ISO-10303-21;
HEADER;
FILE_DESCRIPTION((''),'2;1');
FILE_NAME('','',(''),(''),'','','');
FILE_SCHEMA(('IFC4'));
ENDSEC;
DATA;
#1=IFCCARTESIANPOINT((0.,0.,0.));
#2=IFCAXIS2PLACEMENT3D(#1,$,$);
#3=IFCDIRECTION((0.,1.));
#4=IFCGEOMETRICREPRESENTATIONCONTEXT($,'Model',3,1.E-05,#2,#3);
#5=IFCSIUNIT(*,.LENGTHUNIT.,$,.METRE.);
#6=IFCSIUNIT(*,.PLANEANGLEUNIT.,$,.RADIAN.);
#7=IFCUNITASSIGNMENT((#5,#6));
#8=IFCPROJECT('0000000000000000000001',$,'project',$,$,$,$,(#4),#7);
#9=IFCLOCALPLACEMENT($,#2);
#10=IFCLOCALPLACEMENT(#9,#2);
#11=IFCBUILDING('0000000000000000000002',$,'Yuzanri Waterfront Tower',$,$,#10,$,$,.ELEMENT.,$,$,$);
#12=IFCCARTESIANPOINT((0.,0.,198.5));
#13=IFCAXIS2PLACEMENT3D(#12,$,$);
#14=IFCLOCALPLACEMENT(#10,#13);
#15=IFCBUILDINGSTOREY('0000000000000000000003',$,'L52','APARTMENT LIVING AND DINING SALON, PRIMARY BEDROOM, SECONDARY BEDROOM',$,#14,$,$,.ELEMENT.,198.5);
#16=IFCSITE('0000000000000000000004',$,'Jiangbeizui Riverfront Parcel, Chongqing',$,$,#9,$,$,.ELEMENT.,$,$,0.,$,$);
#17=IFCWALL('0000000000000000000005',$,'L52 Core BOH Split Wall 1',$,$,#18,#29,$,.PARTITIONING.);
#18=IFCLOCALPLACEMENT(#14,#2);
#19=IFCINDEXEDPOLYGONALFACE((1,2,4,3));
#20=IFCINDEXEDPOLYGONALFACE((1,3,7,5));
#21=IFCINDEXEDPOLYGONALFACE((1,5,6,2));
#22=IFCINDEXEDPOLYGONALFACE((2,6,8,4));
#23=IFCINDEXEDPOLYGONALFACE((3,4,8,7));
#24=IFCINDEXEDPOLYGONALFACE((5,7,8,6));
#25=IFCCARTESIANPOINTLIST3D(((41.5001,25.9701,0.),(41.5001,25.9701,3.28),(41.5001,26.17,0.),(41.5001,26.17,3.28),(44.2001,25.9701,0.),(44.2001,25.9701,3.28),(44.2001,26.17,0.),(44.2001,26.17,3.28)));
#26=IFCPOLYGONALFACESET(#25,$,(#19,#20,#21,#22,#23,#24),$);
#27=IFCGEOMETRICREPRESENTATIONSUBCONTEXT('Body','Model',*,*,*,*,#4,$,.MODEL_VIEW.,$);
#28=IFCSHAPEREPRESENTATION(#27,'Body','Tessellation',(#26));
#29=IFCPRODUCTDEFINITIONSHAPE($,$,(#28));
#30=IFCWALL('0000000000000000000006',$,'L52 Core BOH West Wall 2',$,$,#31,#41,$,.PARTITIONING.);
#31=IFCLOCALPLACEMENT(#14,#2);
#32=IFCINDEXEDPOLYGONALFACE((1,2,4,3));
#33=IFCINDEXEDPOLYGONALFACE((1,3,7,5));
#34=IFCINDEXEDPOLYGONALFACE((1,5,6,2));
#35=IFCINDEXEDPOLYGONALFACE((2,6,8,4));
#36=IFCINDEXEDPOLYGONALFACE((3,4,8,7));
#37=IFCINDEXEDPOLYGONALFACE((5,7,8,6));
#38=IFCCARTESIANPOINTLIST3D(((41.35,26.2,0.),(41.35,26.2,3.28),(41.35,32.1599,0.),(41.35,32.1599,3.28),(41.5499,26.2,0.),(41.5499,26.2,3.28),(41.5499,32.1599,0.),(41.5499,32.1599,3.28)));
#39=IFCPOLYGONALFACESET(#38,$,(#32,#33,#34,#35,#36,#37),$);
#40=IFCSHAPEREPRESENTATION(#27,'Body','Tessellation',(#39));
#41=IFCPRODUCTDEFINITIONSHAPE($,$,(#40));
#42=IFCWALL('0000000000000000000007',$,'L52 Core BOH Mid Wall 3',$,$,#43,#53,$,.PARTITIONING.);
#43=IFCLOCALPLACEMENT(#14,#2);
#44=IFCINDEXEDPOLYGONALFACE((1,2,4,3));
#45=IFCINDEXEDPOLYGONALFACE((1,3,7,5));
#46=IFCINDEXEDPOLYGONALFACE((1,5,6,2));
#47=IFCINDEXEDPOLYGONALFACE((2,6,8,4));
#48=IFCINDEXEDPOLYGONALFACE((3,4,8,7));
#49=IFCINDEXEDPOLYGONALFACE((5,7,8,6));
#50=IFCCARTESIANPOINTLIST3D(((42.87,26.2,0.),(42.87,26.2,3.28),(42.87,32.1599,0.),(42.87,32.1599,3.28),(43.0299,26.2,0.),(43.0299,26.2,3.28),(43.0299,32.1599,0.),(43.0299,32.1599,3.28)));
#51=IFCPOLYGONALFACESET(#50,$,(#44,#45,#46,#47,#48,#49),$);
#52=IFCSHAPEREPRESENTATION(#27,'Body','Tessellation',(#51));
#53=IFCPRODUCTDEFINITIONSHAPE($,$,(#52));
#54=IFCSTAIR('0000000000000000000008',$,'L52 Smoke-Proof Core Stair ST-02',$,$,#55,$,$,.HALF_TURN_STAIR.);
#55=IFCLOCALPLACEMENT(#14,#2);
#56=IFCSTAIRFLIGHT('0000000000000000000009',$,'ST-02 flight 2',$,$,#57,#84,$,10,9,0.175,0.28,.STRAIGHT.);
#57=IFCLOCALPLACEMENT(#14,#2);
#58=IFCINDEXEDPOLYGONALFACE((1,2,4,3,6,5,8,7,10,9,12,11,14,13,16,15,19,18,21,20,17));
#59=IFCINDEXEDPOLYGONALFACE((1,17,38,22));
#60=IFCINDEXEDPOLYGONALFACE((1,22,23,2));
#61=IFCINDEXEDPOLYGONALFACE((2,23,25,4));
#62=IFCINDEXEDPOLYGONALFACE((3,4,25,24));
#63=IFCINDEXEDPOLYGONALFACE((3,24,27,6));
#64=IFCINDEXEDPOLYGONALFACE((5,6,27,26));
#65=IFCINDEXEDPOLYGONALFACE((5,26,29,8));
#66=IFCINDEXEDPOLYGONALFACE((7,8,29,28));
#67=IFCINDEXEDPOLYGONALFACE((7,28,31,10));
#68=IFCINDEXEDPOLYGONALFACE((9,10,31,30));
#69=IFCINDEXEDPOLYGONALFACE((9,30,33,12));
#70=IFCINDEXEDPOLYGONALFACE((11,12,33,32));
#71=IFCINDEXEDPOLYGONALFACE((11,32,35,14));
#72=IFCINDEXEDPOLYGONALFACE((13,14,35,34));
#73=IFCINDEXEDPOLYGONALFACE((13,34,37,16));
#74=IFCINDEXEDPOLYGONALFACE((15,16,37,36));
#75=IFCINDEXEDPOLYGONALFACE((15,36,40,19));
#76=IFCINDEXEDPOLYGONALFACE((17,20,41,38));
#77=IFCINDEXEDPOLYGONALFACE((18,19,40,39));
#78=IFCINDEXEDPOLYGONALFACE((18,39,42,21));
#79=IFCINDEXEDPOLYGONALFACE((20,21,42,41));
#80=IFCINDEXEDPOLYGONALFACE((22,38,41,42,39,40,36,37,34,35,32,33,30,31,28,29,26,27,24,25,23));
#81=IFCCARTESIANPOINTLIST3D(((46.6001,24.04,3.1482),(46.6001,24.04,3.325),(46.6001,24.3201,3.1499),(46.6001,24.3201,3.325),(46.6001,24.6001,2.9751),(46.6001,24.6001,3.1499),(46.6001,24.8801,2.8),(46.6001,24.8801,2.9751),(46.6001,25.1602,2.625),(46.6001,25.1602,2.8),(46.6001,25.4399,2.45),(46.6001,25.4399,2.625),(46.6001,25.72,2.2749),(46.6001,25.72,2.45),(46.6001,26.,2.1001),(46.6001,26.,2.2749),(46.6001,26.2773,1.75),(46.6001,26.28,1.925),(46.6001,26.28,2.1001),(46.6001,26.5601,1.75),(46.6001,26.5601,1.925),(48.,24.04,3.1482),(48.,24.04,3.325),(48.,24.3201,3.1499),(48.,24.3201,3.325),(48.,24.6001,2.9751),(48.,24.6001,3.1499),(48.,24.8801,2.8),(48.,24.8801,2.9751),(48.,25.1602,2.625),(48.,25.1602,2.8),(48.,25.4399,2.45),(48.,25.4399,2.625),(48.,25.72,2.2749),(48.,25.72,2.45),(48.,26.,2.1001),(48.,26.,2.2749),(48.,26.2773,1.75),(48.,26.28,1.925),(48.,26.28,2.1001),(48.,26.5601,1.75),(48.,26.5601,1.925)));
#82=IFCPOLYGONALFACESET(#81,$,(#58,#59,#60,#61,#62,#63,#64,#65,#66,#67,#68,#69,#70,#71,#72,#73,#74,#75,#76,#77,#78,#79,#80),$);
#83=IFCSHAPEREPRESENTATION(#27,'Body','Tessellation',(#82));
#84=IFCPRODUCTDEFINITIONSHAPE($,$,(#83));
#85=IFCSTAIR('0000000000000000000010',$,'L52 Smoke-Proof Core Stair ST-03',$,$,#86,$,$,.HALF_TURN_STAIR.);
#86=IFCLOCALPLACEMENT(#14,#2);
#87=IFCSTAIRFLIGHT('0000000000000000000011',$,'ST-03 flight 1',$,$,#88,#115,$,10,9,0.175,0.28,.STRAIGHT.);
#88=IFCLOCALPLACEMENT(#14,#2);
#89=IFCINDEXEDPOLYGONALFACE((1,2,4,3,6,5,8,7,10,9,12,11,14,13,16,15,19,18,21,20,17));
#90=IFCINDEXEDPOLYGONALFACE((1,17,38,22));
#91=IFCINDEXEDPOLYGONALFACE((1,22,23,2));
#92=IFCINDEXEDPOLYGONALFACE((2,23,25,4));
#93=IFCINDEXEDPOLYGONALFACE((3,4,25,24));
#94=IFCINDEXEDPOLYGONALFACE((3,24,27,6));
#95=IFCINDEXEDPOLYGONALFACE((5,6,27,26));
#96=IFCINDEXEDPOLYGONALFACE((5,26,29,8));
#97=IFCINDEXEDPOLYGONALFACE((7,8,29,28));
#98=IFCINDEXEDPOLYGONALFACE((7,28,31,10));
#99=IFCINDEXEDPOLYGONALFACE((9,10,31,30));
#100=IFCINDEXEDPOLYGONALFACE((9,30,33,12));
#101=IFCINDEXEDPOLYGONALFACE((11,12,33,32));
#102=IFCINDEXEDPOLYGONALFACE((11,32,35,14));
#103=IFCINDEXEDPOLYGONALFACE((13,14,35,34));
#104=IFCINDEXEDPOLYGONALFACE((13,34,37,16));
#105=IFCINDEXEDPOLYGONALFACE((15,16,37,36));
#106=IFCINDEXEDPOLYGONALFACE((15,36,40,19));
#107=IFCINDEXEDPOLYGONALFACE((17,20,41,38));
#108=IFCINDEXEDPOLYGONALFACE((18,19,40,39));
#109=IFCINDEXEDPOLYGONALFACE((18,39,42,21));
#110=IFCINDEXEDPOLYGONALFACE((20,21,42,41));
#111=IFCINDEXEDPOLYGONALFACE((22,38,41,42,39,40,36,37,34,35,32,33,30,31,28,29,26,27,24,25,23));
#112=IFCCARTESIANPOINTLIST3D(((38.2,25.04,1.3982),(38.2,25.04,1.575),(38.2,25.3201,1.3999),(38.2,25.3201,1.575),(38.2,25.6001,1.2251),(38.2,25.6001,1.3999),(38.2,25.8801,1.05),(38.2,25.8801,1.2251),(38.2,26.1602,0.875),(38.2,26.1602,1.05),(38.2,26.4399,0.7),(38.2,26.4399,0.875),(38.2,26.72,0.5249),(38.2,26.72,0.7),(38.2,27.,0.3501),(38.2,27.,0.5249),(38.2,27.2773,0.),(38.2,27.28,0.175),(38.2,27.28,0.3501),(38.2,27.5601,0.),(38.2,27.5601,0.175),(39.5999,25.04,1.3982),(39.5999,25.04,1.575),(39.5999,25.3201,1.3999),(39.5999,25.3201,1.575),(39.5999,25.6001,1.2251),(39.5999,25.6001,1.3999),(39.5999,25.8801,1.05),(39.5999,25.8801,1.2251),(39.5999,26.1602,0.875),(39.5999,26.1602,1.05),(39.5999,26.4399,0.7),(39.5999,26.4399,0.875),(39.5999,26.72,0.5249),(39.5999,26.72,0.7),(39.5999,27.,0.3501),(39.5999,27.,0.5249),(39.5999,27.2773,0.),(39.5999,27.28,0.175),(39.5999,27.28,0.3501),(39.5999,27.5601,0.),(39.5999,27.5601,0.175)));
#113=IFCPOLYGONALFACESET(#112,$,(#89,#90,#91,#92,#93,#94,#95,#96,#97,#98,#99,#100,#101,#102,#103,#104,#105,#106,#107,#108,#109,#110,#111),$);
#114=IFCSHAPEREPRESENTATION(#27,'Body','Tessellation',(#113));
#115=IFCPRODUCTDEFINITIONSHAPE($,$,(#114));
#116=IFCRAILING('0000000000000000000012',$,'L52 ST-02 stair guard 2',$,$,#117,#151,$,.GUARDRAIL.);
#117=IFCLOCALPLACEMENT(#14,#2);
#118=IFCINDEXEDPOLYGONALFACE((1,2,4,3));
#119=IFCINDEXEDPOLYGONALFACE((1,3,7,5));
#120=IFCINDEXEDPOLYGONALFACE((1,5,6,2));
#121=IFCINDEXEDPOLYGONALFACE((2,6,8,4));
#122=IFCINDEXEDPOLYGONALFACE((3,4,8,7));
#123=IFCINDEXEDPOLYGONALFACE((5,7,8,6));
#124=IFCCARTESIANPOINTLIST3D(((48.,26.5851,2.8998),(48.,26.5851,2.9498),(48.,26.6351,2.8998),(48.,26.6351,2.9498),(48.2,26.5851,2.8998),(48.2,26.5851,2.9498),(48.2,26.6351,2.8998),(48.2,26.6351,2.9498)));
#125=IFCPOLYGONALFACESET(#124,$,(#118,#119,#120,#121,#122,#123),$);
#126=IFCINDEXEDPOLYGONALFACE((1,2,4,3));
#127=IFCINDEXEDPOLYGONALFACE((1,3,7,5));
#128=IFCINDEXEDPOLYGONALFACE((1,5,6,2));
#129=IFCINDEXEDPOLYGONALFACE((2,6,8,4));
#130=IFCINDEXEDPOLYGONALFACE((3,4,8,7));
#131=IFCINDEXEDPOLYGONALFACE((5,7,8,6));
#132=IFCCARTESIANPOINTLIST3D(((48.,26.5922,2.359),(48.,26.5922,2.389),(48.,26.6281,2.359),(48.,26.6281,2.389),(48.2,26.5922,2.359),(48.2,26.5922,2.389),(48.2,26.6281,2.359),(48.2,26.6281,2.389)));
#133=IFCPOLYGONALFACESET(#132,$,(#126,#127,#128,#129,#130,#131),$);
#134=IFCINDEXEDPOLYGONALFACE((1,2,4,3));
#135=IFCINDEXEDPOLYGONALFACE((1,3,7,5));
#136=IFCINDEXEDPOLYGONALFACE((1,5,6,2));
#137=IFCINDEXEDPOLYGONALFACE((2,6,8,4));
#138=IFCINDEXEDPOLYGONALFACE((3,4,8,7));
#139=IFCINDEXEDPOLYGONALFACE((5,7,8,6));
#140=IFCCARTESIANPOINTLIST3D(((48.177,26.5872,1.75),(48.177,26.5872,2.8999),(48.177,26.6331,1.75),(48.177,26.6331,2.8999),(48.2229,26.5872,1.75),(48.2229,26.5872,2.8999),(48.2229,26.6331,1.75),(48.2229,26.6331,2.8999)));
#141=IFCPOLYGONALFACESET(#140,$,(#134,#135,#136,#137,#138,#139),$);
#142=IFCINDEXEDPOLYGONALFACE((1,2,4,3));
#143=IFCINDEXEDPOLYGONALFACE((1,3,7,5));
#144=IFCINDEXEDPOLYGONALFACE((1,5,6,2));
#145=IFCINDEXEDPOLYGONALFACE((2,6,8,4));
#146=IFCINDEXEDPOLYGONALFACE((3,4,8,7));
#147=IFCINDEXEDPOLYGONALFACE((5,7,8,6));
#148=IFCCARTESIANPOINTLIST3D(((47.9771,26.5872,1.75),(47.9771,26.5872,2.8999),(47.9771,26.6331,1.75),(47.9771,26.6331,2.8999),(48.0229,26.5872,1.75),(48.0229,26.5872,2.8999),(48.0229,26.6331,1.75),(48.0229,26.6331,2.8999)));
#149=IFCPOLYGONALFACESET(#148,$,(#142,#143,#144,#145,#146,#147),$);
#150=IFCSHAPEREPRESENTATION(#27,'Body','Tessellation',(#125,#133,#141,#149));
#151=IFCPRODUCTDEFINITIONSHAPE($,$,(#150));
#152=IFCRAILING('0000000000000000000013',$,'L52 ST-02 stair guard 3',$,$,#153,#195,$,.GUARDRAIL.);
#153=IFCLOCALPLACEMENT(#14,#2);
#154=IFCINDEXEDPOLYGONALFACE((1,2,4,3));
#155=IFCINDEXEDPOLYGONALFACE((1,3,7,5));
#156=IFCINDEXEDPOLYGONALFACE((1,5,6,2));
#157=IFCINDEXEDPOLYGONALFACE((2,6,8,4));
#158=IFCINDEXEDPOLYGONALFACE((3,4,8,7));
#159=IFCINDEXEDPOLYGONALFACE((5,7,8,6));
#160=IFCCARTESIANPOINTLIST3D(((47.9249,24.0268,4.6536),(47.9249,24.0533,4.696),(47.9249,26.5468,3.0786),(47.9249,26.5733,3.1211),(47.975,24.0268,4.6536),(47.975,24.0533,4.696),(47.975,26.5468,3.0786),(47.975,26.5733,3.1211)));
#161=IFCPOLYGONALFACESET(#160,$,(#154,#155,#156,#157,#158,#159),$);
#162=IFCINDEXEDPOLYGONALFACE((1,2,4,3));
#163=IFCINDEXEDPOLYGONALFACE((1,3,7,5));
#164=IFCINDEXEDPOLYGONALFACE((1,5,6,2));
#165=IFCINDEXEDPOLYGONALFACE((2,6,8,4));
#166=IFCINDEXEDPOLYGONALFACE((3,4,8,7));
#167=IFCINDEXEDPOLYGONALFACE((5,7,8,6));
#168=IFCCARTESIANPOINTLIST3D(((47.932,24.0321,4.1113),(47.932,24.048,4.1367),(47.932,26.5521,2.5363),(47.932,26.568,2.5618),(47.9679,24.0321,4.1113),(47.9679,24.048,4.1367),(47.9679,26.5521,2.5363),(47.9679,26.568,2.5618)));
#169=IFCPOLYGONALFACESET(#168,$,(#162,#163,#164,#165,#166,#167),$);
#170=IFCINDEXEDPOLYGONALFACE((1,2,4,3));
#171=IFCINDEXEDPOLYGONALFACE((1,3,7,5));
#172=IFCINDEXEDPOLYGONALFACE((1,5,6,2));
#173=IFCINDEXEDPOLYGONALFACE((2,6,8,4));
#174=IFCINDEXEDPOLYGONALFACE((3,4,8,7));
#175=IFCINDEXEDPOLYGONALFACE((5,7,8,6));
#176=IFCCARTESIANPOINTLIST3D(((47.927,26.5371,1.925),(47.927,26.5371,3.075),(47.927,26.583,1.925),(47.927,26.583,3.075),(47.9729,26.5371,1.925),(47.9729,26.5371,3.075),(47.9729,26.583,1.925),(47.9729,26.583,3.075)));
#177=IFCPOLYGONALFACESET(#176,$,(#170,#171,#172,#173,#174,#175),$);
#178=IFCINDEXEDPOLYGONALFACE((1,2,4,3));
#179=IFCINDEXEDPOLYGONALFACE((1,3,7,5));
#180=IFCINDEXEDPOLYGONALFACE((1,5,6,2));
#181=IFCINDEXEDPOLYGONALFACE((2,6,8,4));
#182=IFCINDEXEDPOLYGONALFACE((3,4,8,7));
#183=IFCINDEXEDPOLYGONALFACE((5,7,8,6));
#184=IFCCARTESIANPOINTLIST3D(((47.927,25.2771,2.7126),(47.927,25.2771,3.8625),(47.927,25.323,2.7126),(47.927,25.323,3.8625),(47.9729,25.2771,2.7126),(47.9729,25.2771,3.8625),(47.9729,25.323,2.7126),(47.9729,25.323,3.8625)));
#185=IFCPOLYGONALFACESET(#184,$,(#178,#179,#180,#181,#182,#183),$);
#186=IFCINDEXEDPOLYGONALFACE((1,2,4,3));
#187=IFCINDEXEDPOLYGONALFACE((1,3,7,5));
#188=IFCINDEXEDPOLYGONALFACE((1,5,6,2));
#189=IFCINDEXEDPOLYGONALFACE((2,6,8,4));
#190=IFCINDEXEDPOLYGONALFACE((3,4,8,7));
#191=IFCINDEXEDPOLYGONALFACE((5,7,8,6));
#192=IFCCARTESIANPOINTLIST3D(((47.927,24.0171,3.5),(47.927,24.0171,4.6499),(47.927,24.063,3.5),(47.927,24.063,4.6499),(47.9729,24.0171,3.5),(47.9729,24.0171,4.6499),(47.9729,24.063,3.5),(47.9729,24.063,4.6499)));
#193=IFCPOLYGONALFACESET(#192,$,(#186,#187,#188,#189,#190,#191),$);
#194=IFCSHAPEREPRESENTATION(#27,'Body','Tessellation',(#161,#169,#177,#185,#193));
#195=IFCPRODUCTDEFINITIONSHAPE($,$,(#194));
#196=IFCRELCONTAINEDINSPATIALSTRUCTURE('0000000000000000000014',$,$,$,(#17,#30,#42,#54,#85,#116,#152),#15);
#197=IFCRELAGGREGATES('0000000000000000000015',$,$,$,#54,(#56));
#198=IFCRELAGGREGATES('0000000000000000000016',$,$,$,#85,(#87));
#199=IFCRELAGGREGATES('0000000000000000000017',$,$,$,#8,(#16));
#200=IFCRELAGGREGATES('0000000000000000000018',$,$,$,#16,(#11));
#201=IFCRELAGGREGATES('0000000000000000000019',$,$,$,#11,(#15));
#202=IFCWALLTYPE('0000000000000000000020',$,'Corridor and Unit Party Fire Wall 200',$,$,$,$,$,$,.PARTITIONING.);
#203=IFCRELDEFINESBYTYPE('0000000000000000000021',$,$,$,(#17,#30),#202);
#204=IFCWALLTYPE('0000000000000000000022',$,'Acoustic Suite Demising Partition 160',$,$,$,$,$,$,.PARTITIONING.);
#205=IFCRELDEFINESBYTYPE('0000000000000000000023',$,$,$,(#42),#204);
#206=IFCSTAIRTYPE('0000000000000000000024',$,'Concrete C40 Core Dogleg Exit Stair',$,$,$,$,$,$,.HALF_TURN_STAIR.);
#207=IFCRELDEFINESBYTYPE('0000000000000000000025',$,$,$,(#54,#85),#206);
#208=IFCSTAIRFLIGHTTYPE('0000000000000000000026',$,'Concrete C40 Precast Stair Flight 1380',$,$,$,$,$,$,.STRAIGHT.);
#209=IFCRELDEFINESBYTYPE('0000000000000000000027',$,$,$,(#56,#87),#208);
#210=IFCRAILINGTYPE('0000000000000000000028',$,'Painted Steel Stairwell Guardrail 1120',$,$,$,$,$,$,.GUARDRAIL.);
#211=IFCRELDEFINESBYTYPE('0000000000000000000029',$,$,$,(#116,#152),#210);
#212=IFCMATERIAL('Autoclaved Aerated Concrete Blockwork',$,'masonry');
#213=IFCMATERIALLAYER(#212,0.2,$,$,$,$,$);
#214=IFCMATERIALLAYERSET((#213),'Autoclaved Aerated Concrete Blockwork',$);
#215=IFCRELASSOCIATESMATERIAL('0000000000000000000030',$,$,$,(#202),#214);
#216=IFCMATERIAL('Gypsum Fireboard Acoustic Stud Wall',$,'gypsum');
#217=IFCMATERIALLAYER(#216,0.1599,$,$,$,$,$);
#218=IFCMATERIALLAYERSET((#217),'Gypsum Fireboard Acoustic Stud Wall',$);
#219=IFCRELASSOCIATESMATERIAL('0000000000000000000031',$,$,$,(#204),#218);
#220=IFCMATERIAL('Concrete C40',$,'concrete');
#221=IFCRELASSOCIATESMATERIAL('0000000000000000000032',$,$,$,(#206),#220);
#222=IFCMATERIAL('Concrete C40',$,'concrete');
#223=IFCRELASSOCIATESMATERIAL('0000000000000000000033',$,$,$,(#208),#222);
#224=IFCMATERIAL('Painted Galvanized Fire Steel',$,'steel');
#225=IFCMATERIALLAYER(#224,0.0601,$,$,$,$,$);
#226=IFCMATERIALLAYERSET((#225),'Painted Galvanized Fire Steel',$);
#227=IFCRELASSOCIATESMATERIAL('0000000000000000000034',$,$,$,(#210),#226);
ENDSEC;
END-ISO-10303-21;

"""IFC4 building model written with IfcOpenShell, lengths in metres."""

from ifc_helpers import new_model, si_unit, direction, frame, frame_2d, origin, origin_2d, place, context, subcontext, project, spatial, polyline, rectangle, outline, extrude, source, transform, mapped, material, layer, layer_set, type_object, element, aggregate, save


model = new_model("IFC4")

# Units and contexts
model_context = context("Model", 3, precision=1e-05, world=origin(), true_north=direction((0.0, 1.0)))
body_context = subcontext(model_context, "Body", "Model", "MODEL_VIEW")
ifc_project = project(units=[si_unit("LENGTHUNIT", "METRE"), si_unit("PLANEANGLEUNIT", "RADIAN")], contexts=[model_context])

# Site, building, storey
site_placement = place(None, origin())
site = spatial("IfcSite", under=ifc_project, at=site_placement, Name="Jiangbeizui Riverfront Parcel, Chongqing", CompositionType="ELEMENT", RefElevation=0.0)
building_placement = place(site_placement, origin())
building = spatial("IfcBuilding", under=site, at=building_placement, Name="Yuzanri Waterfront Tower", CompositionType="ELEMENT")
storey_placement = place(building_placement, frame((0.0, 0.0, 198.5)))
storey = spatial("IfcBuildingStorey", under=building, at=storey_placement, Name="L52", Description="APARTMENT LIVING AND DINING SALON, PRIMARY BEDROOM, SECONDARY BEDROOM", CompositionType="ELEMENT", Elevation=198.5)

# Walls
ifc_material_1 = material(Name="Autoclaved Aerated Concrete Blockwork", Category="masonry")
ifc_layer_1 = layer(ifc_material_1, 0.2)
ifc_layer_set_1 = layer_set([ifc_layer_1], Name="Autoclaved Aerated Concrete Blockwork")
wall_type_1 = type_object("IfcWallType", Name="Corridor and Unit Party Fire Wall 200", PredefinedType="PARTITIONING", material=ifc_layer_set_1)
shared_shape_1 = source(origin(), body_context, "Body", "SweptSolid", [
    extrude(rectangle(XDim=2.7, YDim=0.2, at=frame_2d((1.3501, 0.0))), origin(), (0.0, 0.0, 1.0), 3.28),
])
wall_1_placement = place(storey_placement, frame((41.5, 26.0701, 0.0), z_axis=(0.0, 0.0, 1.0), x_axis=(1.0, 0.0, 0.0)))
element("IfcWall", 1, at=wall_1_placement, inside=storey, type_object=wall_type_1, Name="L52 Core BOH Split Wall 1", PredefinedType="PARTITIONING", context=body_context, shape_type="MappedRepresentation", body=[
    mapped(shared_shape_1, transform((0.0, 0.0, 0.0), scale=1.0)),
])
shared_shape_2 = source(origin(), body_context, "Body", "SweptSolid", [
    extrude(rectangle(XDim=5.96, YDim=0.2, at=frame_2d((2.98, 0.0))), origin(), (0.0, 0.0, 1.0), 3.28),
])
wall_2_placement = place(storey_placement, frame((41.45, 26.2, 0.0), z_axis=(0.0, 0.0, 1.0), x_axis=(0.0, 1.0, 0.0)))
element("IfcWall", 2, at=wall_2_placement, inside=storey, type_object=wall_type_1, Name="L52 Core BOH West Wall 2", PredefinedType="PARTITIONING", context=body_context, shape_type="MappedRepresentation", body=[
    mapped(shared_shape_2, transform((0.0, 0.0, 0.0), scale=1.0)),
])
ifc_material_2 = material(Name="Gypsum Fireboard Acoustic Stud Wall", Category="gypsum")
ifc_layer_2 = layer(ifc_material_2, 0.1599)
ifc_layer_set_2 = layer_set([ifc_layer_2], Name="Gypsum Fireboard Acoustic Stud Wall")
wall_type_2 = type_object("IfcWallType", Name="Acoustic Suite Demising Partition 160", PredefinedType="PARTITIONING", material=ifc_layer_set_2)
shared_shape_3 = source(origin(), body_context, "Body", "SweptSolid", [
    extrude(rectangle(XDim=5.96, YDim=0.1599, at=frame_2d((2.98, 0.0))), origin(), (0.0, 0.0, 1.0), 3.28),
])
wall_3_placement = place(storey_placement, frame((42.95, 26.2, 0.0), z_axis=(0.0, 0.0, 1.0), x_axis=(0.0, 1.0, 0.0)))
element("IfcWall", 3, at=wall_3_placement, inside=storey, type_object=wall_type_2, Name="L52 Core BOH Mid Wall 3", PredefinedType="PARTITIONING", context=body_context, shape_type="MappedRepresentation", body=[
    mapped(shared_shape_3, transform((0.0, 0.0, 0.0), scale=1.0)),
])

# Stairs, stair flights
ifc_material_3 = material(Name="Concrete C40", Category="concrete")
stair_type = type_object("IfcStairType", Name="Concrete C40 Core Dogleg Exit Stair", PredefinedType="HALF_TURN_STAIR", material=ifc_material_3)
stair_1_placement = place(storey_placement, origin())
stair_1 = element("IfcStair", 4, at=stair_1_placement, inside=storey, type_object=stair_type, Name="L52 Smoke-Proof Core Stair ST-02", PredefinedType="HALF_TURN_STAIR")
ifc_material_4 = material(Name="Concrete C40", Category="concrete")
stair_flight_type = type_object("IfcStairFlightType", Name="Concrete C40 Precast Stair Flight 1380", PredefinedType="STRAIGHT", material=ifc_material_4)
shared_shape_4 = source(origin(), body_context, "Body", "SweptSolid", [
    extrude(outline(polyline([(0.0, 0.0), (0.0, 0.175), (0.28, 0.175), (0.28, 0.3501), (0.5601, 0.3501), (0.5601, 0.5249), (0.8401, 0.5249), (0.8401, 0.7), (1.1201, 0.7), (1.1201, 0.875), (1.3999, 0.875), (1.3999, 1.05), (1.6799, 1.05), (1.6799, 1.2251), (1.96, 1.2251), (1.96, 1.3999), (2.24, 1.3999), (2.24, 1.575), (2.52, 1.575), (2.52, 1.75), (2.52, 1.3982), (0.2827, 0.0), (0.0, 0.0)])), frame((0.0, 0.7, 0.0), z_axis=(0.0, -1.0, 0.0), x_axis=(1.0, 0.0, 0.0)), (0.0, 0.0, 1.0), 1.3999),
])
stair_flight_1_placement = place(storey_placement, frame((47.3, 26.5601, 1.75), z_axis=(0.0, 0.0, 1.0), x_axis=(0.0, -1.0, 0.0)))
stair_flight_1 = element("IfcStairFlight", 5, at=stair_flight_1_placement, type_object=stair_flight_type, Name="ST-02 flight 2", NumberOfRisers=10, NumberOfTreads=9, PredefinedType="STRAIGHT", RiserHeight=0.175, TreadLength=0.28, context=body_context, shape_type="MappedRepresentation", body=[
    mapped(shared_shape_4, transform((0.0, 0.0, 0.0), scale=1.0)),
])
aggregate(stair_1, [stair_flight_1])
stair_2_placement = place(storey_placement, origin())
stair_2 = element("IfcStair", 6, at=stair_2_placement, inside=storey, type_object=stair_type, Name="L52 Smoke-Proof Core Stair ST-03", PredefinedType="HALF_TURN_STAIR")
stair_flight_2_placement = place(storey_placement, frame((38.8999, 27.5601, 0.0), z_axis=(0.0, 0.0, 1.0), x_axis=(0.0, -1.0, 0.0)))
stair_flight_2 = element("IfcStairFlight", 7, at=stair_flight_2_placement, type_object=stair_flight_type, Name="ST-03 flight 1", NumberOfRisers=10, NumberOfTreads=9, PredefinedType="STRAIGHT", RiserHeight=0.175, TreadLength=0.28, context=body_context, shape_type="MappedRepresentation", body=[
    mapped(shared_shape_4, transform((0.0, 0.0, 0.0), scale=1.0)),
])
aggregate(stair_2, [stair_flight_2])

# Railings
ifc_material_5 = material(Name="Painted Galvanized Fire Steel", Category="steel")
ifc_layer_3 = layer(ifc_material_5, 0.0601)
ifc_layer_set_3 = layer_set([ifc_layer_3], Name="Painted Galvanized Fire Steel")
railing_type_1 = type_object("IfcRailingType", Name="Painted Steel Stairwell Guardrail 1120", PredefinedType="GUARDRAIL", material=ifc_layer_set_3)
shared_shape_5 = source(origin(), body_context, "Body", "SweptSolid", [
    extrude(rectangle(XDim=0.05, YDim=0.05, at=origin_2d()), frame((0.0, 0.0, 1.1748), z_axis=(-1.0, 0.0, 0.0), x_axis=(0.0, -1.0, 0.0)), (0.0, 0.0, 1.0), 0.2),
    extrude(rectangle(XDim=0.0359, YDim=0.03, at=origin_2d()), frame((0.0, 0.0, 0.624), z_axis=(-1.0, 0.0, 0.0), x_axis=(0.0, -1.0, 0.0)), (0.0, 0.0, 1.0), 0.2),
    extrude(rectangle(XDim=0.0459, YDim=0.0459, at=origin_2d()), origin(), (0.0, 0.0, 1.0), 1.1499),
    extrude(rectangle(XDim=0.0459, YDim=0.0459, at=origin_2d()), frame((-0.2, 0.0, 0.0)), (0.0, 0.0, 1.0), 1.1499),
])
railing_1_placement = place(storey_placement, frame((48.2, 26.6101, 1.75)))
element("IfcRailing", 8, at=railing_1_placement, inside=storey, type_object=railing_type_1, Name="L52 ST-02 stair guard 2", PredefinedType="GUARDRAIL", context=body_context, shape_type="MappedRepresentation", body=[
    mapped(shared_shape_5, transform((0.0, 0.0, 0.0), scale=1.0)),
])
shared_shape_6 = source(origin(), body_context, "Body", "SweptSolid", [
    extrude(rectangle(XDim=0.05, YDim=0.05, at=origin_2d()), frame((0.0, 0.0, 1.1748), z_axis=(0.0, -0.848008, 0.529984), x_axis=(1.0, 0.0, 0.0)), (0.0, 0.0, 1.0), 2.9717),
    extrude(rectangle(XDim=0.0359, YDim=0.03, at=origin_2d()), frame((0.0, 0.0, 0.624), z_axis=(0.0, -0.848008, 0.529984), x_axis=(1.0, 0.0, 0.0)), (0.0, 0.0, 1.0), 2.9717),
    extrude(rectangle(XDim=0.0459, YDim=0.0459, at=origin_2d()), origin(), (0.0, 0.0, 1.0), 1.1499),
    extrude(rectangle(XDim=0.0459, YDim=0.0459, at=origin_2d()), frame((0.0, -1.26, 0.7876)), (0.0, 0.0, 1.0), 1.1499),
    extrude(rectangle(XDim=0.0459, YDim=0.0459, at=origin_2d()), frame((0.0, -2.52, 1.575)), (0.0, 0.0, 1.0), 1.1499),
])
for number, where, name in (
    (9, (47.95, 26.5601, 1.925), "L52 ST-02 stair guard 3"),
):
    element("IfcRailing", number, at=place(storey_placement, frame(where)), inside=storey, type_object=railing_type_1, Name=name, PredefinedType="GUARDRAIL", context=body_context, shape_type="MappedRepresentation", body=[
        mapped(shared_shape_6, transform((0.0, 0.0, 0.0), scale=1.0)),
    ])

save(model, "model.ifc")
